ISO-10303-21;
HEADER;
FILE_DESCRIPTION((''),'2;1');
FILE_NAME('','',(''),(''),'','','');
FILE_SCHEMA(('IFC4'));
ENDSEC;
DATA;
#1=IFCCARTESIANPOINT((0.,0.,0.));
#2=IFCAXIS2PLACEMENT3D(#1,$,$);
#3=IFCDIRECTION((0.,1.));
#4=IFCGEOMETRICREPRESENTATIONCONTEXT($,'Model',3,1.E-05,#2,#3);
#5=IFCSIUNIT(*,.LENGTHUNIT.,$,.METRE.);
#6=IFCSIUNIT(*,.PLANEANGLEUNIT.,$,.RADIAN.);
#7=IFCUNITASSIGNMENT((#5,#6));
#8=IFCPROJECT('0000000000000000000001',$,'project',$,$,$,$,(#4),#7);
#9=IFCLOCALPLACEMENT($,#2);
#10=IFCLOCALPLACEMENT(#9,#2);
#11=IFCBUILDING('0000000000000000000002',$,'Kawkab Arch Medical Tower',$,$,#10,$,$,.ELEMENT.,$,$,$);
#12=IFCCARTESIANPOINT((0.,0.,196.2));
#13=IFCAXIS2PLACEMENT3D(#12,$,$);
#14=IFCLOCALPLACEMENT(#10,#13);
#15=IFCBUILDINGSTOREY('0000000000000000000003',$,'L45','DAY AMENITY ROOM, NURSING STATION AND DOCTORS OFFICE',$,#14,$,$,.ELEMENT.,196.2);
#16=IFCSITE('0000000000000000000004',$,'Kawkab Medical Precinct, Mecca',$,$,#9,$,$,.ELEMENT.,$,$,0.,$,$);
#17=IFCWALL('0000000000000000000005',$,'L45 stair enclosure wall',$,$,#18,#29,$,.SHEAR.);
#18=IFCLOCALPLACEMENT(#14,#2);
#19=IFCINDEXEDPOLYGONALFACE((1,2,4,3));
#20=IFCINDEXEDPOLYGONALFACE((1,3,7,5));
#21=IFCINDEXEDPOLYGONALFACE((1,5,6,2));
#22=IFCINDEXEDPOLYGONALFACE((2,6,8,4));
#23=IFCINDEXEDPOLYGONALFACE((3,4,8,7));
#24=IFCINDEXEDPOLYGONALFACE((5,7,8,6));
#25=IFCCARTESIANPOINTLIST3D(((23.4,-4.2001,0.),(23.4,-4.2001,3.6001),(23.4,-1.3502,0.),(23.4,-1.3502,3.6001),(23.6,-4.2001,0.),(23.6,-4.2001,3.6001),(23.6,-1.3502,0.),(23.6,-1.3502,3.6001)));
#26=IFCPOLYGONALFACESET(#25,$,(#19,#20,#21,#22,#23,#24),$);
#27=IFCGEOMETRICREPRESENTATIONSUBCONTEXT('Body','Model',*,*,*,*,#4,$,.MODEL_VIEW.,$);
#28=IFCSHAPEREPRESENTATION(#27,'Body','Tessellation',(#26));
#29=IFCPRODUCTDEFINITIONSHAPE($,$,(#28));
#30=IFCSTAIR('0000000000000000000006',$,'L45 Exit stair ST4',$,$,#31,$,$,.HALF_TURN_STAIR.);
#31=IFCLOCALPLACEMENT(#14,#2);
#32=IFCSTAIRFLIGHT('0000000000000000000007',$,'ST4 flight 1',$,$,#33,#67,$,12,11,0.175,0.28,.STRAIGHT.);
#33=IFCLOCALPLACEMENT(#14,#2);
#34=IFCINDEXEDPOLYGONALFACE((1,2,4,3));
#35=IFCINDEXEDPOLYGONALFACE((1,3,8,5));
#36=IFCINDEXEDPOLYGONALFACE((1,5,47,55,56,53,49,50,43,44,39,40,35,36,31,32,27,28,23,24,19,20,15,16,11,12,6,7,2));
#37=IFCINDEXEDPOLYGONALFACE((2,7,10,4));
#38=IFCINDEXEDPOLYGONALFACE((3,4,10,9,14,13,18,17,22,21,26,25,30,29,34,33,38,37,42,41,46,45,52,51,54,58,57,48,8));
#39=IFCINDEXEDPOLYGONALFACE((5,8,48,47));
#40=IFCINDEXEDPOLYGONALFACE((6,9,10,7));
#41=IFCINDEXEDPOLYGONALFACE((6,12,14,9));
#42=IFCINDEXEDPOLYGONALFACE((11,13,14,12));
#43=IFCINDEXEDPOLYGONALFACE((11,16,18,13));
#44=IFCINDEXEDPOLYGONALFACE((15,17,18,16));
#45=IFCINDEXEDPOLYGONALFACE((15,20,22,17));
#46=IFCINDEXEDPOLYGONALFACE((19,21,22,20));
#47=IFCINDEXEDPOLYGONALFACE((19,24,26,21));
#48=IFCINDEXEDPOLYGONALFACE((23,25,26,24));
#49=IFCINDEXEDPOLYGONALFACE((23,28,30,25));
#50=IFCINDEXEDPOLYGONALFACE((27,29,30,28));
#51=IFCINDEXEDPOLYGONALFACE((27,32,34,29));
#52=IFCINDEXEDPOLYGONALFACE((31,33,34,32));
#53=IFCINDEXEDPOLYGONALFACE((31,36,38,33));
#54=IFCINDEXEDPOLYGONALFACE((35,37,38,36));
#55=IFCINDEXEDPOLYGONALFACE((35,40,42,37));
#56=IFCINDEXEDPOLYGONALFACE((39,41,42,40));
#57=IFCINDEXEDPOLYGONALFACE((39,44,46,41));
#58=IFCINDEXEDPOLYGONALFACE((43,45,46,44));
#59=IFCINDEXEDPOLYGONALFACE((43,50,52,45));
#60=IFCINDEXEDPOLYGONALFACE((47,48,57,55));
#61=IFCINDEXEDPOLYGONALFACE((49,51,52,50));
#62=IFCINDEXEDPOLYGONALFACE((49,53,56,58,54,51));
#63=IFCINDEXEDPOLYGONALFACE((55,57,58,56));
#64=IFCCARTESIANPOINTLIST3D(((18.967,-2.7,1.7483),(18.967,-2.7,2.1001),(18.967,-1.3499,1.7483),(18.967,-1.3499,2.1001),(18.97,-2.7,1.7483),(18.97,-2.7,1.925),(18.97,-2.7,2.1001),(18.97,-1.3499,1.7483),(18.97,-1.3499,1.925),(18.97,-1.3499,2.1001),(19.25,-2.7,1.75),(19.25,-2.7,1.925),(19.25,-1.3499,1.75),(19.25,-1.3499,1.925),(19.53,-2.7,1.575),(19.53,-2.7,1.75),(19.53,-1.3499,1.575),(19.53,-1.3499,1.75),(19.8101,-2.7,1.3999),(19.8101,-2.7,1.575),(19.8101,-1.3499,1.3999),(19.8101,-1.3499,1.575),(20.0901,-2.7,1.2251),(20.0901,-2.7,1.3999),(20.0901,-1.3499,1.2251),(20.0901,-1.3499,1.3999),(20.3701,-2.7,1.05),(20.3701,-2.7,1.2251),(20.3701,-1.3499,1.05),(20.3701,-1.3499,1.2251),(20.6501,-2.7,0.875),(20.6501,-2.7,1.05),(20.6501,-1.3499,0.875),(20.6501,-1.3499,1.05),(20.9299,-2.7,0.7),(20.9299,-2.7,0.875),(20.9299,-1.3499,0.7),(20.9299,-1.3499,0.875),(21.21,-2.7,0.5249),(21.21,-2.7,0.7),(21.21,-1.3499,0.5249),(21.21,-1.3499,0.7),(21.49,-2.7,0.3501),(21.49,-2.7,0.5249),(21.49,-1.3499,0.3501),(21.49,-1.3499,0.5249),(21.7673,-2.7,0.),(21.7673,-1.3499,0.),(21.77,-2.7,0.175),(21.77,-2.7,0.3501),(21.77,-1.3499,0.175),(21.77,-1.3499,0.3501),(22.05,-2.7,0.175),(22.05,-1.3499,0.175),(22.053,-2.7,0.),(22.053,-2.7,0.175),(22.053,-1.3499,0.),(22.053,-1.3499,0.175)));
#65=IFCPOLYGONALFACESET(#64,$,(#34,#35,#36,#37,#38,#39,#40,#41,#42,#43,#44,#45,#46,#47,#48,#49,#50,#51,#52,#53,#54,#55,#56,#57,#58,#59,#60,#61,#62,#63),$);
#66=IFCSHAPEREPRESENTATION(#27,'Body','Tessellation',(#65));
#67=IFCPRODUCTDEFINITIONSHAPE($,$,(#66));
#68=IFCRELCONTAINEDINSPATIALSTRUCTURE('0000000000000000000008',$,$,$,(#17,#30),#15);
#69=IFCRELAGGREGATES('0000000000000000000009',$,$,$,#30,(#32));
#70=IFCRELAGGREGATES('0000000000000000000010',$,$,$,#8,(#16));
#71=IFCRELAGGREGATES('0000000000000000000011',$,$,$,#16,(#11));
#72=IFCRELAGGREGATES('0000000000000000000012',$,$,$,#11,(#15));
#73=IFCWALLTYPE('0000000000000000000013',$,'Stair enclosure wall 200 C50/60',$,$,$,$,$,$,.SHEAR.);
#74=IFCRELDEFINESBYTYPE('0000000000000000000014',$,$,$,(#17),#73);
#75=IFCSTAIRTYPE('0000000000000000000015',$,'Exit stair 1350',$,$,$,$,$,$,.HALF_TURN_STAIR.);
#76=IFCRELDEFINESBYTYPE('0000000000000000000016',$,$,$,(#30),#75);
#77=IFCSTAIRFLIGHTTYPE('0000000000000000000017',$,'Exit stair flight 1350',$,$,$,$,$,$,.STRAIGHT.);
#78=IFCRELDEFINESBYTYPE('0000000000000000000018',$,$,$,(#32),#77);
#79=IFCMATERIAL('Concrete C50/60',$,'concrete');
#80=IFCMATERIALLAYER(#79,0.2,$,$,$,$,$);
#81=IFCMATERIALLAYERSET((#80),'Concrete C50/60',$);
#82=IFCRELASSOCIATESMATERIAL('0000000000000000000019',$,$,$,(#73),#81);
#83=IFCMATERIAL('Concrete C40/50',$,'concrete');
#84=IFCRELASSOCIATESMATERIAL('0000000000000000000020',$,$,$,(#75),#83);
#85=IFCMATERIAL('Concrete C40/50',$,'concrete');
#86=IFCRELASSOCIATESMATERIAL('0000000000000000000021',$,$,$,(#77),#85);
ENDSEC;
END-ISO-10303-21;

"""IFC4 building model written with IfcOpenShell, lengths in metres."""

from ifc_helpers import new_model, si_unit, direction, frame, frame_2d, origin, place, context, subcontext, project, spatial, polyline, rectangle, outline, extrude, material, layer, layer_set, type_object, element, aggregate, save


model = new_model("IFC4")

# Units and contexts
model_context = context("Model", 3, precision=1e-05, world=origin(), true_north=direction((0.0, 1.0)))
body_context = subcontext(model_context, "Body", "Model", "MODEL_VIEW")
ifc_project = project(units=[si_unit("LENGTHUNIT", "METRE"), si_unit("PLANEANGLEUNIT", "RADIAN")], contexts=[model_context])

# Site, building, storey
site_placement = place(None, origin())
site = spatial("IfcSite", under=ifc_project, at=site_placement, Name="Kawkab Medical Precinct, Mecca", CompositionType="ELEMENT", RefElevation=0.0)
building_placement = place(site_placement, origin())
building = spatial("IfcBuilding", under=site, at=building_placement, Name="Kawkab Arch Medical Tower", CompositionType="ELEMENT")
storey_placement = place(building_placement, frame((0.0, 0.0, 196.2)))
storey = spatial("IfcBuildingStorey", under=building, at=storey_placement, Name="L45", Description="DAY AMENITY ROOM, NURSING STATION AND DOCTORS OFFICE", CompositionType="ELEMENT", Elevation=196.2)

# Wall
ifc_material_1 = material(Name="Concrete C50/60", Category="concrete")
ifc_layer_1 = layer(ifc_material_1, 0.2)
ifc_layer_set_1 = layer_set([ifc_layer_1], Name="Concrete C50/60")
wall_type_1 = type_object("IfcWallType", Name="Stair enclosure wall 200 C50/60", PredefinedType="SHEAR", material=ifc_layer_set_1)
wall_1_placement = place(storey_placement, frame((23.5, -4.2, 0.0), z_axis=(0.0, 0.0, 1.0), x_axis=(0.0, 1.0, 0.0)))
element("IfcWall", 1, at=wall_1_placement, inside=storey, type_object=wall_type_1, Name="L45 stair enclosure wall", PredefinedType="SHEAR", context=body_context, shape_type="SweptSolid", body=[
    extrude(rectangle(XDim=2.8499, YDim=0.2, at=frame_2d((1.4248, 0.0))), origin(), (0.0, 0.0, 1.0), 3.6001),
])

# Stair, stair flight
ifc_material_2 = material(Name="Concrete C40/50", Category="concrete")
stair_type = type_object("IfcStairType", Name="Exit stair 1350", PredefinedType="HALF_TURN_STAIR", material=ifc_material_2)
stair_placement = place(storey_placement, origin())
stair = element("IfcStair", 2, at=stair_placement, inside=storey, type_object=stair_type, Name="L45 Exit stair ST4", PredefinedType="HALF_TURN_STAIR")
ifc_material_3 = material(Name="Concrete C40/50", Category="concrete")
stair_flight_type = type_object("IfcStairFlightType", Name="Exit stair flight 1350", PredefinedType="STRAIGHT", material=ifc_material_3)
stair_flight_placement = place(storey_placement, frame((22.05, -2.0249, 0.0), z_axis=(0.0, 0.0, 1.0), x_axis=(-1.0, 0.0, 0.0)))
stair_flight = element("IfcStairFlight", 3, at=stair_flight_placement, type_object=stair_flight_type, Name="ST4 flight 1", NumberOfRisers=12, NumberOfTreads=11, PredefinedType="STRAIGHT", RiserHeight=0.175, TreadLength=0.28, context=body_context, shape_type="SweptSolid", body=[
    extrude(outline(polyline([(-0.0029, 0.0), (-0.0029, 0.175), (0.0, 0.175), (0.28, 0.175), (0.28, 0.3501), (0.5601, 0.3501), (0.5601, 0.5249), (0.8401, 0.5249), (0.8401, 0.7), (1.1201, 0.7), (1.1201, 0.875), (1.3999, 0.875), (1.3999, 1.05), (1.6799, 1.05), (1.6799, 1.2251), (1.96, 1.2251), (1.96, 1.3999), (2.24, 1.3999), (2.24, 1.575), (2.52, 1.575), (2.52, 1.75), (2.8, 1.75), (2.8, 1.925), (3.0801, 1.925), (3.0801, 2.1001), (3.083, 2.1001), (3.083, 1.7483), (3.0801, 1.7483), (0.2827, 0.0), (-0.0029, 0.0)])), frame((0.0, 0.675, 0.0), z_axis=(0.0, -1.0, 0.0), x_axis=(1.0, 0.0, 0.0)), (0.0, 0.0, 1.0), 1.3501),
])
aggregate(stair, [stair_flight])

save(model, "model.ifc")
